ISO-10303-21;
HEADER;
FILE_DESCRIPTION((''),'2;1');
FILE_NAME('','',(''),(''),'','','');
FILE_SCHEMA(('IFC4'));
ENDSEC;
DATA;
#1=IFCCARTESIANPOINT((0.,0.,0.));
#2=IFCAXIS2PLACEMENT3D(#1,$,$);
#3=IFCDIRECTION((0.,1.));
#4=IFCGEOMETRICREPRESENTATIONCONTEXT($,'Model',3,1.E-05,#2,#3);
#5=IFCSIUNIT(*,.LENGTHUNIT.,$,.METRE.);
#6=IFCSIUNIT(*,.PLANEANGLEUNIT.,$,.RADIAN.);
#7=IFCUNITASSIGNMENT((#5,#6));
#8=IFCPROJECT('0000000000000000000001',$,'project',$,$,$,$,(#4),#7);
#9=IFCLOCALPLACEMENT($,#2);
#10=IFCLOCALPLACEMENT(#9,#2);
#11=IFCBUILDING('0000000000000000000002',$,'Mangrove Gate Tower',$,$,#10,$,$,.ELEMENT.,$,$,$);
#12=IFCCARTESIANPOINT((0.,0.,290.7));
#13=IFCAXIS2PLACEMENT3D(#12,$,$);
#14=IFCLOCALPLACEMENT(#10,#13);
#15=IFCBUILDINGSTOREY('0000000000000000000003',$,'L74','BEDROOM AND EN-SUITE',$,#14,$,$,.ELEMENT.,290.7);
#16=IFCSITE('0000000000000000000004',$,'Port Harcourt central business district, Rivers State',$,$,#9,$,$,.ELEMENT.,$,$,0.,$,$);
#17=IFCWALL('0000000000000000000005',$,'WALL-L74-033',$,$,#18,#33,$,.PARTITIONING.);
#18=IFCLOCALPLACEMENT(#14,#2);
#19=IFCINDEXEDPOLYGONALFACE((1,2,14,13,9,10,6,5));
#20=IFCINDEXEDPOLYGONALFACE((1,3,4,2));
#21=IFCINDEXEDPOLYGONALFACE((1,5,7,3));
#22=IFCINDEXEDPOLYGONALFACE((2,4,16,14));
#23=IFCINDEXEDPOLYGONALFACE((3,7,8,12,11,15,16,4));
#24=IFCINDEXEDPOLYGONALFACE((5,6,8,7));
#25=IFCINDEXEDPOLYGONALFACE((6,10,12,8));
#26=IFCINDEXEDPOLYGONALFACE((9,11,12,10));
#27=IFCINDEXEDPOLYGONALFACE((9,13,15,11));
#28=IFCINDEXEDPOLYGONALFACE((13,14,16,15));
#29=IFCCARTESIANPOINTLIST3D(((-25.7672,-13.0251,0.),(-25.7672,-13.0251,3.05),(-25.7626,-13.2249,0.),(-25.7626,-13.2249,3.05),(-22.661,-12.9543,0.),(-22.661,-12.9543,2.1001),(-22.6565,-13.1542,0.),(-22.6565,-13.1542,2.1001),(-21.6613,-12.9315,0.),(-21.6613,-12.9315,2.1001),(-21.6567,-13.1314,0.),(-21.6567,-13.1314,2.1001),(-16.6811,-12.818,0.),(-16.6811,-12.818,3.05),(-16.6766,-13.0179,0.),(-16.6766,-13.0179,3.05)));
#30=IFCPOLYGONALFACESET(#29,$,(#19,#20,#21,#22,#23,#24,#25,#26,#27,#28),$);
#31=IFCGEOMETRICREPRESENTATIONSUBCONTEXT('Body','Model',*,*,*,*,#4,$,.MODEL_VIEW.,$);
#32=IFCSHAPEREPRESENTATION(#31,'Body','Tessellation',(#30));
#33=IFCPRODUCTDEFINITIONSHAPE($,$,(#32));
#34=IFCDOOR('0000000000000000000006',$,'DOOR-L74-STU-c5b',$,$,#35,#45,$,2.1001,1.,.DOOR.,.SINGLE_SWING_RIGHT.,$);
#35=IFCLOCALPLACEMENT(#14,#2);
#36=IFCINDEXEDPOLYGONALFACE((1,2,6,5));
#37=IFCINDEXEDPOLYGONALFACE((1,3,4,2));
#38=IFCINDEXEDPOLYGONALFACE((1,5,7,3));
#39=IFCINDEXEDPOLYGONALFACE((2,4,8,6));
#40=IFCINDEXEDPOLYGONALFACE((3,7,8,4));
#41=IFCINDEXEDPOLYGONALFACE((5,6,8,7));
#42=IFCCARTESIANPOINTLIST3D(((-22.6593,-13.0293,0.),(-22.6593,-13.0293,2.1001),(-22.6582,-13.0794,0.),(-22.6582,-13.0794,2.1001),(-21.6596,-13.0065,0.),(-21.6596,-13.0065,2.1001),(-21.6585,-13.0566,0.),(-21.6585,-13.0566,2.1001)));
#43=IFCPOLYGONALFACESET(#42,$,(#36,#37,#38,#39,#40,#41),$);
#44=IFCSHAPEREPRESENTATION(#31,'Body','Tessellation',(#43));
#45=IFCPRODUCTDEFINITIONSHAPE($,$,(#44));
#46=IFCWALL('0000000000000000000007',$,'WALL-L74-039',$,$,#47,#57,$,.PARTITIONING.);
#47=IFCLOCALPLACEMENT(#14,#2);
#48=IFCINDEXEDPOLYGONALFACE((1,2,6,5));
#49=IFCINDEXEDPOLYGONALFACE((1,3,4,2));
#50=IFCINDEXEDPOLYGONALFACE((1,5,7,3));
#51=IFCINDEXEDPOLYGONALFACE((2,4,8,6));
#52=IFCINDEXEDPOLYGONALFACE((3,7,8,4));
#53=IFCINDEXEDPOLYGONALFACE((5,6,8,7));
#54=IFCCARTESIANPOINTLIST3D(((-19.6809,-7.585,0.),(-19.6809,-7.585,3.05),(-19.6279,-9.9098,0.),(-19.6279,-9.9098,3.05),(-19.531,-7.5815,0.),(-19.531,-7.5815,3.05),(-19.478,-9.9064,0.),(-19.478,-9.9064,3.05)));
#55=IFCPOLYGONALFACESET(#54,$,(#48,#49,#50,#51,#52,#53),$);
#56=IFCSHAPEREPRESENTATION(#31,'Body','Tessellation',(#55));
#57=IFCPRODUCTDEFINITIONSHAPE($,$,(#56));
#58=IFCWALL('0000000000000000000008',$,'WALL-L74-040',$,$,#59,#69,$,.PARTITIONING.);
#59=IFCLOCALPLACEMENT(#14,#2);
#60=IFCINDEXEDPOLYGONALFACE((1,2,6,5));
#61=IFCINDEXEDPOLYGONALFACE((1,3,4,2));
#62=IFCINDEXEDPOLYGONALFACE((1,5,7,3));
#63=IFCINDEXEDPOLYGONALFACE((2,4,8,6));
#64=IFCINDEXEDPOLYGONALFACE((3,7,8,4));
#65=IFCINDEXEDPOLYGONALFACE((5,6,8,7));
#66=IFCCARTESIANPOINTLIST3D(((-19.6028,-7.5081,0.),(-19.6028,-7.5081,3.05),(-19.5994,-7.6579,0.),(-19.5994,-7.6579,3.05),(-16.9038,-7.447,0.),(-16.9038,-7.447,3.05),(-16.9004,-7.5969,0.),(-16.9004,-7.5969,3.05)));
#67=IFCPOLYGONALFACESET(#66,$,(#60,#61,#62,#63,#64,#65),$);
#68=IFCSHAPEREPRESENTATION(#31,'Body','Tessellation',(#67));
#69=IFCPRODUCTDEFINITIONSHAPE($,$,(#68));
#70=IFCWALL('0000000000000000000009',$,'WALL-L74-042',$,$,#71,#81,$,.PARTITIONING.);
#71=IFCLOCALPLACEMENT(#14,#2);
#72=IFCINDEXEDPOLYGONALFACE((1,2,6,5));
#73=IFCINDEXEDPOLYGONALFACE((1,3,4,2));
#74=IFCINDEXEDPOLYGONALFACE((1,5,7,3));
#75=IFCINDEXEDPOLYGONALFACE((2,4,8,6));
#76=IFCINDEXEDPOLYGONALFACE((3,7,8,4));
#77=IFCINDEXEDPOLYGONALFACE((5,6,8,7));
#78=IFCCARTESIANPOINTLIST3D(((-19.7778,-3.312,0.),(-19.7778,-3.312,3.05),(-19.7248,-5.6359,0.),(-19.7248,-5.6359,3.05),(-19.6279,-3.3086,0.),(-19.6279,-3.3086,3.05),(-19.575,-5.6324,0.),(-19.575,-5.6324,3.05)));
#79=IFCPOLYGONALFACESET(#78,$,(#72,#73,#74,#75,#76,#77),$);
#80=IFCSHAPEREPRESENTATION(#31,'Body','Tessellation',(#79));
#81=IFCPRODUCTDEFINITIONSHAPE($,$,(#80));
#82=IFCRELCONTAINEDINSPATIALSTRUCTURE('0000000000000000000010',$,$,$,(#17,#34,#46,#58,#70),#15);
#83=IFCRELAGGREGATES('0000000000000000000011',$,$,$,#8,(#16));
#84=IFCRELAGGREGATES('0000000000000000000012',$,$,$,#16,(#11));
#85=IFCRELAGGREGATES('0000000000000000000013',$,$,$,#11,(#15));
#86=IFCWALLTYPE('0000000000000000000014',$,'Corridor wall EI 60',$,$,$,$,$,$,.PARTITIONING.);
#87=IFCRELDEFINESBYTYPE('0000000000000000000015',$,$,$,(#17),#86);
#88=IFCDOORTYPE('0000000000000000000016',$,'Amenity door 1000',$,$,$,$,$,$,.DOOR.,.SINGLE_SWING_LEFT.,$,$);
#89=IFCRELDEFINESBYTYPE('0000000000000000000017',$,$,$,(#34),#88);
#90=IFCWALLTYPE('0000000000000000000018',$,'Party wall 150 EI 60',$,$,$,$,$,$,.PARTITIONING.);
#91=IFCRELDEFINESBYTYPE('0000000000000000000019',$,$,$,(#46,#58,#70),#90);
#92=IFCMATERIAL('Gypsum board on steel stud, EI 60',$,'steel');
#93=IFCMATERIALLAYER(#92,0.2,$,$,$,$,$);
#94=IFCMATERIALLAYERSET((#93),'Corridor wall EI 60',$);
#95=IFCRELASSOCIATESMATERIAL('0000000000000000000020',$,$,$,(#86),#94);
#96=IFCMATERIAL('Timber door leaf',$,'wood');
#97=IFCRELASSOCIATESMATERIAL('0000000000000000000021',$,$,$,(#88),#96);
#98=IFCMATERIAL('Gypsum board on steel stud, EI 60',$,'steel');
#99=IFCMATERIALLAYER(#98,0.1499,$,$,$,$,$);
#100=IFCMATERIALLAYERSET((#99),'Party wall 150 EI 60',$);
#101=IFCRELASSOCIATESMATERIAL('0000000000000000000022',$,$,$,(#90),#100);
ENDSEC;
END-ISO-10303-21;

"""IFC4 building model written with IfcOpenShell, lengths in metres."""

from ifc_helpers import new_model, si_unit, direction, frame, frame_2d, origin, place, context, subcontext, project, spatial, rectangle, extrude, material, layer, layer_set, type_object, element, fill, save


model = new_model("IFC4")

# Units and contexts
model_context = context("Model", 3, precision=1e-05, world=origin(), true_north=direction((0.0, 1.0)))
body_context = subcontext(model_context, "Body", "Model", "MODEL_VIEW")
ifc_project = project(units=[si_unit("LENGTHUNIT", "METRE"), si_unit("PLANEANGLEUNIT", "RADIAN")], contexts=[model_context])

# Site, building, storey
site_placement = place(None, origin())
site = spatial("IfcSite", under=ifc_project, at=site_placement, Name="Port Harcourt central business district, Rivers State", CompositionType="ELEMENT", RefElevation=0.0)
building_placement = place(site_placement, origin())
building = spatial("IfcBuilding", under=site, at=building_placement, Name="Mangrove Gate Tower", CompositionType="ELEMENT")
storey_placement = place(building_placement, frame((0.0, 0.0, 290.7)))
storey = spatial("IfcBuildingStorey", under=building, at=storey_placement, Name="L74", Description="BEDROOM AND EN-SUITE", CompositionType="ELEMENT", Elevation=290.7)

# Wall, opening, door
ifc_material_1 = material(Name="Gypsum board on steel stud, EI 60", Category="steel")
ifc_layer_1 = layer(ifc_material_1, 0.2)
ifc_layer_set_1 = layer_set([ifc_layer_1], Name="Corridor wall EI 60")
wall_type_1 = type_object("IfcWallType", Name="Corridor wall EI 60", PredefinedType="PARTITIONING", material=ifc_layer_set_1)
wall_1_placement = place(storey_placement, frame((-25.7649, -13.125, 0.0), z_axis=(0.0, 0.0, 1.0), x_axis=(0.999741, 0.02278, 0.0)))
wall_1 = element("IfcWall", 1, at=wall_1_placement, inside=storey, type_object=wall_type_1, Name="WALL-L74-033", PredefinedType="PARTITIONING", context=body_context, shape_type="SweptSolid", body=[
    extrude(rectangle(XDim=9.0884, YDim=0.2, at=frame_2d((4.5442, 0.0))), origin(), (0.0, 0.0, 1.0), 3.05),
])
opening_1_placement = place(wall_1_placement, frame((3.1069, 0.0, 0.0)))
opening_1 = element("IfcOpeningElement", 2, at=opening_1_placement, cuts=wall_1, PredefinedType="OPENING", context=body_context, shape_type="SweptSolid", body=[
    extrude(rectangle(XDim=1.0, YDim=2.1001, at=frame_2d((0.5, 1.05))), frame((0.0, 0.1099, 0.0), z_axis=(0.0, -1.0, 0.0), x_axis=(1.0, 0.0, 0.0)), (0.0, 0.0, 1.0), 0.22),
])
ifc_material_2 = material(Name="Timber door leaf", Category="wood")
door_type_1 = type_object("IfcDoorType", Name="Amenity door 1000", OperationType="SINGLE_SWING_LEFT", PredefinedType="DOOR", material=ifc_material_2)
door_1_placement = place(opening_1_placement, origin())
door_1 = element("IfcDoor", 3, at=door_1_placement, inside=storey, type_object=door_type_1, Name="DOOR-L74-STU-c5b", OperationType="SINGLE_SWING_RIGHT", OverallHeight=2.1001, OverallWidth=1.0, PredefinedType="DOOR", context=body_context, shape_type="SweptSolid", body=[
    extrude(rectangle(XDim=1.0, YDim=2.1001, at=frame_2d((0.5, 1.05))), frame((0.0, 0.0249, 0.0), z_axis=(0.0, -1.0, 0.0), x_axis=(1.0, 0.0, 0.0)), (0.0, 0.0, 1.0), 0.05),
])
fill(opening_1, door_1)

# Walls
ifc_material_3 = material(Name="Gypsum board on steel stud, EI 60", Category="steel")
ifc_layer_2 = layer(ifc_material_3, 0.1499)
ifc_layer_set_2 = layer_set([ifc_layer_2], Name="Party wall 150 EI 60")
wall_type_2 = type_object("IfcWallType", Name="Party wall 150 EI 60", PredefinedType="PARTITIONING", material=ifc_layer_set_2)
wall_2_placement = place(storey_placement, frame((-19.553, -9.908, 0.0), z_axis=(0.0, 0.0, 1.0), x_axis=(-0.022781, 0.99974, 0.0)))
element("IfcWall", 4, at=wall_2_placement, inside=storey, type_object=wall_type_2, Name="WALL-L74-039", PredefinedType="PARTITIONING", context=body_context, shape_type="SweptSolid", body=[
    extrude(rectangle(XDim=2.3254, YDim=0.1499, at=frame_2d((1.1626, 0.0))), origin(), (0.0, 0.0, 1.0), 3.05),
])
wall_3_placement = place(storey_placement, frame((-19.6011, -7.583, 0.0), z_axis=(0.0, 0.0, 1.0), x_axis=(0.999744, 0.022608, 0.0)))
element("IfcWall", 5, at=wall_3_placement, inside=storey, type_object=wall_type_2, Name="WALL-L74-040", PredefinedType="PARTITIONING", context=body_context, shape_type="SweptSolid", body=[
    extrude(rectangle(XDim=2.6997, YDim=0.1499, at=frame_2d((1.3499, 0.0))), origin(), (0.0, 0.0, 1.0), 3.05),
])
wall_4_placement = place(storey_placement, frame((-19.6499, -5.634, 0.0), z_axis=(0.0, 0.0, 1.0), x_axis=(-0.022791, 0.99974, 0.0)))
element("IfcWall", 6, at=wall_4_placement, inside=storey, type_object=wall_type_2, Name="WALL-L74-042", PredefinedType="PARTITIONING", context=body_context, shape_type="SweptSolid", body=[
    extrude(rectangle(XDim=2.3245, YDim=0.1499, at=frame_2d((1.1621, 0.0))), origin(), (0.0, 0.0, 1.0), 3.05),
])

save(model, "model.ifc")
